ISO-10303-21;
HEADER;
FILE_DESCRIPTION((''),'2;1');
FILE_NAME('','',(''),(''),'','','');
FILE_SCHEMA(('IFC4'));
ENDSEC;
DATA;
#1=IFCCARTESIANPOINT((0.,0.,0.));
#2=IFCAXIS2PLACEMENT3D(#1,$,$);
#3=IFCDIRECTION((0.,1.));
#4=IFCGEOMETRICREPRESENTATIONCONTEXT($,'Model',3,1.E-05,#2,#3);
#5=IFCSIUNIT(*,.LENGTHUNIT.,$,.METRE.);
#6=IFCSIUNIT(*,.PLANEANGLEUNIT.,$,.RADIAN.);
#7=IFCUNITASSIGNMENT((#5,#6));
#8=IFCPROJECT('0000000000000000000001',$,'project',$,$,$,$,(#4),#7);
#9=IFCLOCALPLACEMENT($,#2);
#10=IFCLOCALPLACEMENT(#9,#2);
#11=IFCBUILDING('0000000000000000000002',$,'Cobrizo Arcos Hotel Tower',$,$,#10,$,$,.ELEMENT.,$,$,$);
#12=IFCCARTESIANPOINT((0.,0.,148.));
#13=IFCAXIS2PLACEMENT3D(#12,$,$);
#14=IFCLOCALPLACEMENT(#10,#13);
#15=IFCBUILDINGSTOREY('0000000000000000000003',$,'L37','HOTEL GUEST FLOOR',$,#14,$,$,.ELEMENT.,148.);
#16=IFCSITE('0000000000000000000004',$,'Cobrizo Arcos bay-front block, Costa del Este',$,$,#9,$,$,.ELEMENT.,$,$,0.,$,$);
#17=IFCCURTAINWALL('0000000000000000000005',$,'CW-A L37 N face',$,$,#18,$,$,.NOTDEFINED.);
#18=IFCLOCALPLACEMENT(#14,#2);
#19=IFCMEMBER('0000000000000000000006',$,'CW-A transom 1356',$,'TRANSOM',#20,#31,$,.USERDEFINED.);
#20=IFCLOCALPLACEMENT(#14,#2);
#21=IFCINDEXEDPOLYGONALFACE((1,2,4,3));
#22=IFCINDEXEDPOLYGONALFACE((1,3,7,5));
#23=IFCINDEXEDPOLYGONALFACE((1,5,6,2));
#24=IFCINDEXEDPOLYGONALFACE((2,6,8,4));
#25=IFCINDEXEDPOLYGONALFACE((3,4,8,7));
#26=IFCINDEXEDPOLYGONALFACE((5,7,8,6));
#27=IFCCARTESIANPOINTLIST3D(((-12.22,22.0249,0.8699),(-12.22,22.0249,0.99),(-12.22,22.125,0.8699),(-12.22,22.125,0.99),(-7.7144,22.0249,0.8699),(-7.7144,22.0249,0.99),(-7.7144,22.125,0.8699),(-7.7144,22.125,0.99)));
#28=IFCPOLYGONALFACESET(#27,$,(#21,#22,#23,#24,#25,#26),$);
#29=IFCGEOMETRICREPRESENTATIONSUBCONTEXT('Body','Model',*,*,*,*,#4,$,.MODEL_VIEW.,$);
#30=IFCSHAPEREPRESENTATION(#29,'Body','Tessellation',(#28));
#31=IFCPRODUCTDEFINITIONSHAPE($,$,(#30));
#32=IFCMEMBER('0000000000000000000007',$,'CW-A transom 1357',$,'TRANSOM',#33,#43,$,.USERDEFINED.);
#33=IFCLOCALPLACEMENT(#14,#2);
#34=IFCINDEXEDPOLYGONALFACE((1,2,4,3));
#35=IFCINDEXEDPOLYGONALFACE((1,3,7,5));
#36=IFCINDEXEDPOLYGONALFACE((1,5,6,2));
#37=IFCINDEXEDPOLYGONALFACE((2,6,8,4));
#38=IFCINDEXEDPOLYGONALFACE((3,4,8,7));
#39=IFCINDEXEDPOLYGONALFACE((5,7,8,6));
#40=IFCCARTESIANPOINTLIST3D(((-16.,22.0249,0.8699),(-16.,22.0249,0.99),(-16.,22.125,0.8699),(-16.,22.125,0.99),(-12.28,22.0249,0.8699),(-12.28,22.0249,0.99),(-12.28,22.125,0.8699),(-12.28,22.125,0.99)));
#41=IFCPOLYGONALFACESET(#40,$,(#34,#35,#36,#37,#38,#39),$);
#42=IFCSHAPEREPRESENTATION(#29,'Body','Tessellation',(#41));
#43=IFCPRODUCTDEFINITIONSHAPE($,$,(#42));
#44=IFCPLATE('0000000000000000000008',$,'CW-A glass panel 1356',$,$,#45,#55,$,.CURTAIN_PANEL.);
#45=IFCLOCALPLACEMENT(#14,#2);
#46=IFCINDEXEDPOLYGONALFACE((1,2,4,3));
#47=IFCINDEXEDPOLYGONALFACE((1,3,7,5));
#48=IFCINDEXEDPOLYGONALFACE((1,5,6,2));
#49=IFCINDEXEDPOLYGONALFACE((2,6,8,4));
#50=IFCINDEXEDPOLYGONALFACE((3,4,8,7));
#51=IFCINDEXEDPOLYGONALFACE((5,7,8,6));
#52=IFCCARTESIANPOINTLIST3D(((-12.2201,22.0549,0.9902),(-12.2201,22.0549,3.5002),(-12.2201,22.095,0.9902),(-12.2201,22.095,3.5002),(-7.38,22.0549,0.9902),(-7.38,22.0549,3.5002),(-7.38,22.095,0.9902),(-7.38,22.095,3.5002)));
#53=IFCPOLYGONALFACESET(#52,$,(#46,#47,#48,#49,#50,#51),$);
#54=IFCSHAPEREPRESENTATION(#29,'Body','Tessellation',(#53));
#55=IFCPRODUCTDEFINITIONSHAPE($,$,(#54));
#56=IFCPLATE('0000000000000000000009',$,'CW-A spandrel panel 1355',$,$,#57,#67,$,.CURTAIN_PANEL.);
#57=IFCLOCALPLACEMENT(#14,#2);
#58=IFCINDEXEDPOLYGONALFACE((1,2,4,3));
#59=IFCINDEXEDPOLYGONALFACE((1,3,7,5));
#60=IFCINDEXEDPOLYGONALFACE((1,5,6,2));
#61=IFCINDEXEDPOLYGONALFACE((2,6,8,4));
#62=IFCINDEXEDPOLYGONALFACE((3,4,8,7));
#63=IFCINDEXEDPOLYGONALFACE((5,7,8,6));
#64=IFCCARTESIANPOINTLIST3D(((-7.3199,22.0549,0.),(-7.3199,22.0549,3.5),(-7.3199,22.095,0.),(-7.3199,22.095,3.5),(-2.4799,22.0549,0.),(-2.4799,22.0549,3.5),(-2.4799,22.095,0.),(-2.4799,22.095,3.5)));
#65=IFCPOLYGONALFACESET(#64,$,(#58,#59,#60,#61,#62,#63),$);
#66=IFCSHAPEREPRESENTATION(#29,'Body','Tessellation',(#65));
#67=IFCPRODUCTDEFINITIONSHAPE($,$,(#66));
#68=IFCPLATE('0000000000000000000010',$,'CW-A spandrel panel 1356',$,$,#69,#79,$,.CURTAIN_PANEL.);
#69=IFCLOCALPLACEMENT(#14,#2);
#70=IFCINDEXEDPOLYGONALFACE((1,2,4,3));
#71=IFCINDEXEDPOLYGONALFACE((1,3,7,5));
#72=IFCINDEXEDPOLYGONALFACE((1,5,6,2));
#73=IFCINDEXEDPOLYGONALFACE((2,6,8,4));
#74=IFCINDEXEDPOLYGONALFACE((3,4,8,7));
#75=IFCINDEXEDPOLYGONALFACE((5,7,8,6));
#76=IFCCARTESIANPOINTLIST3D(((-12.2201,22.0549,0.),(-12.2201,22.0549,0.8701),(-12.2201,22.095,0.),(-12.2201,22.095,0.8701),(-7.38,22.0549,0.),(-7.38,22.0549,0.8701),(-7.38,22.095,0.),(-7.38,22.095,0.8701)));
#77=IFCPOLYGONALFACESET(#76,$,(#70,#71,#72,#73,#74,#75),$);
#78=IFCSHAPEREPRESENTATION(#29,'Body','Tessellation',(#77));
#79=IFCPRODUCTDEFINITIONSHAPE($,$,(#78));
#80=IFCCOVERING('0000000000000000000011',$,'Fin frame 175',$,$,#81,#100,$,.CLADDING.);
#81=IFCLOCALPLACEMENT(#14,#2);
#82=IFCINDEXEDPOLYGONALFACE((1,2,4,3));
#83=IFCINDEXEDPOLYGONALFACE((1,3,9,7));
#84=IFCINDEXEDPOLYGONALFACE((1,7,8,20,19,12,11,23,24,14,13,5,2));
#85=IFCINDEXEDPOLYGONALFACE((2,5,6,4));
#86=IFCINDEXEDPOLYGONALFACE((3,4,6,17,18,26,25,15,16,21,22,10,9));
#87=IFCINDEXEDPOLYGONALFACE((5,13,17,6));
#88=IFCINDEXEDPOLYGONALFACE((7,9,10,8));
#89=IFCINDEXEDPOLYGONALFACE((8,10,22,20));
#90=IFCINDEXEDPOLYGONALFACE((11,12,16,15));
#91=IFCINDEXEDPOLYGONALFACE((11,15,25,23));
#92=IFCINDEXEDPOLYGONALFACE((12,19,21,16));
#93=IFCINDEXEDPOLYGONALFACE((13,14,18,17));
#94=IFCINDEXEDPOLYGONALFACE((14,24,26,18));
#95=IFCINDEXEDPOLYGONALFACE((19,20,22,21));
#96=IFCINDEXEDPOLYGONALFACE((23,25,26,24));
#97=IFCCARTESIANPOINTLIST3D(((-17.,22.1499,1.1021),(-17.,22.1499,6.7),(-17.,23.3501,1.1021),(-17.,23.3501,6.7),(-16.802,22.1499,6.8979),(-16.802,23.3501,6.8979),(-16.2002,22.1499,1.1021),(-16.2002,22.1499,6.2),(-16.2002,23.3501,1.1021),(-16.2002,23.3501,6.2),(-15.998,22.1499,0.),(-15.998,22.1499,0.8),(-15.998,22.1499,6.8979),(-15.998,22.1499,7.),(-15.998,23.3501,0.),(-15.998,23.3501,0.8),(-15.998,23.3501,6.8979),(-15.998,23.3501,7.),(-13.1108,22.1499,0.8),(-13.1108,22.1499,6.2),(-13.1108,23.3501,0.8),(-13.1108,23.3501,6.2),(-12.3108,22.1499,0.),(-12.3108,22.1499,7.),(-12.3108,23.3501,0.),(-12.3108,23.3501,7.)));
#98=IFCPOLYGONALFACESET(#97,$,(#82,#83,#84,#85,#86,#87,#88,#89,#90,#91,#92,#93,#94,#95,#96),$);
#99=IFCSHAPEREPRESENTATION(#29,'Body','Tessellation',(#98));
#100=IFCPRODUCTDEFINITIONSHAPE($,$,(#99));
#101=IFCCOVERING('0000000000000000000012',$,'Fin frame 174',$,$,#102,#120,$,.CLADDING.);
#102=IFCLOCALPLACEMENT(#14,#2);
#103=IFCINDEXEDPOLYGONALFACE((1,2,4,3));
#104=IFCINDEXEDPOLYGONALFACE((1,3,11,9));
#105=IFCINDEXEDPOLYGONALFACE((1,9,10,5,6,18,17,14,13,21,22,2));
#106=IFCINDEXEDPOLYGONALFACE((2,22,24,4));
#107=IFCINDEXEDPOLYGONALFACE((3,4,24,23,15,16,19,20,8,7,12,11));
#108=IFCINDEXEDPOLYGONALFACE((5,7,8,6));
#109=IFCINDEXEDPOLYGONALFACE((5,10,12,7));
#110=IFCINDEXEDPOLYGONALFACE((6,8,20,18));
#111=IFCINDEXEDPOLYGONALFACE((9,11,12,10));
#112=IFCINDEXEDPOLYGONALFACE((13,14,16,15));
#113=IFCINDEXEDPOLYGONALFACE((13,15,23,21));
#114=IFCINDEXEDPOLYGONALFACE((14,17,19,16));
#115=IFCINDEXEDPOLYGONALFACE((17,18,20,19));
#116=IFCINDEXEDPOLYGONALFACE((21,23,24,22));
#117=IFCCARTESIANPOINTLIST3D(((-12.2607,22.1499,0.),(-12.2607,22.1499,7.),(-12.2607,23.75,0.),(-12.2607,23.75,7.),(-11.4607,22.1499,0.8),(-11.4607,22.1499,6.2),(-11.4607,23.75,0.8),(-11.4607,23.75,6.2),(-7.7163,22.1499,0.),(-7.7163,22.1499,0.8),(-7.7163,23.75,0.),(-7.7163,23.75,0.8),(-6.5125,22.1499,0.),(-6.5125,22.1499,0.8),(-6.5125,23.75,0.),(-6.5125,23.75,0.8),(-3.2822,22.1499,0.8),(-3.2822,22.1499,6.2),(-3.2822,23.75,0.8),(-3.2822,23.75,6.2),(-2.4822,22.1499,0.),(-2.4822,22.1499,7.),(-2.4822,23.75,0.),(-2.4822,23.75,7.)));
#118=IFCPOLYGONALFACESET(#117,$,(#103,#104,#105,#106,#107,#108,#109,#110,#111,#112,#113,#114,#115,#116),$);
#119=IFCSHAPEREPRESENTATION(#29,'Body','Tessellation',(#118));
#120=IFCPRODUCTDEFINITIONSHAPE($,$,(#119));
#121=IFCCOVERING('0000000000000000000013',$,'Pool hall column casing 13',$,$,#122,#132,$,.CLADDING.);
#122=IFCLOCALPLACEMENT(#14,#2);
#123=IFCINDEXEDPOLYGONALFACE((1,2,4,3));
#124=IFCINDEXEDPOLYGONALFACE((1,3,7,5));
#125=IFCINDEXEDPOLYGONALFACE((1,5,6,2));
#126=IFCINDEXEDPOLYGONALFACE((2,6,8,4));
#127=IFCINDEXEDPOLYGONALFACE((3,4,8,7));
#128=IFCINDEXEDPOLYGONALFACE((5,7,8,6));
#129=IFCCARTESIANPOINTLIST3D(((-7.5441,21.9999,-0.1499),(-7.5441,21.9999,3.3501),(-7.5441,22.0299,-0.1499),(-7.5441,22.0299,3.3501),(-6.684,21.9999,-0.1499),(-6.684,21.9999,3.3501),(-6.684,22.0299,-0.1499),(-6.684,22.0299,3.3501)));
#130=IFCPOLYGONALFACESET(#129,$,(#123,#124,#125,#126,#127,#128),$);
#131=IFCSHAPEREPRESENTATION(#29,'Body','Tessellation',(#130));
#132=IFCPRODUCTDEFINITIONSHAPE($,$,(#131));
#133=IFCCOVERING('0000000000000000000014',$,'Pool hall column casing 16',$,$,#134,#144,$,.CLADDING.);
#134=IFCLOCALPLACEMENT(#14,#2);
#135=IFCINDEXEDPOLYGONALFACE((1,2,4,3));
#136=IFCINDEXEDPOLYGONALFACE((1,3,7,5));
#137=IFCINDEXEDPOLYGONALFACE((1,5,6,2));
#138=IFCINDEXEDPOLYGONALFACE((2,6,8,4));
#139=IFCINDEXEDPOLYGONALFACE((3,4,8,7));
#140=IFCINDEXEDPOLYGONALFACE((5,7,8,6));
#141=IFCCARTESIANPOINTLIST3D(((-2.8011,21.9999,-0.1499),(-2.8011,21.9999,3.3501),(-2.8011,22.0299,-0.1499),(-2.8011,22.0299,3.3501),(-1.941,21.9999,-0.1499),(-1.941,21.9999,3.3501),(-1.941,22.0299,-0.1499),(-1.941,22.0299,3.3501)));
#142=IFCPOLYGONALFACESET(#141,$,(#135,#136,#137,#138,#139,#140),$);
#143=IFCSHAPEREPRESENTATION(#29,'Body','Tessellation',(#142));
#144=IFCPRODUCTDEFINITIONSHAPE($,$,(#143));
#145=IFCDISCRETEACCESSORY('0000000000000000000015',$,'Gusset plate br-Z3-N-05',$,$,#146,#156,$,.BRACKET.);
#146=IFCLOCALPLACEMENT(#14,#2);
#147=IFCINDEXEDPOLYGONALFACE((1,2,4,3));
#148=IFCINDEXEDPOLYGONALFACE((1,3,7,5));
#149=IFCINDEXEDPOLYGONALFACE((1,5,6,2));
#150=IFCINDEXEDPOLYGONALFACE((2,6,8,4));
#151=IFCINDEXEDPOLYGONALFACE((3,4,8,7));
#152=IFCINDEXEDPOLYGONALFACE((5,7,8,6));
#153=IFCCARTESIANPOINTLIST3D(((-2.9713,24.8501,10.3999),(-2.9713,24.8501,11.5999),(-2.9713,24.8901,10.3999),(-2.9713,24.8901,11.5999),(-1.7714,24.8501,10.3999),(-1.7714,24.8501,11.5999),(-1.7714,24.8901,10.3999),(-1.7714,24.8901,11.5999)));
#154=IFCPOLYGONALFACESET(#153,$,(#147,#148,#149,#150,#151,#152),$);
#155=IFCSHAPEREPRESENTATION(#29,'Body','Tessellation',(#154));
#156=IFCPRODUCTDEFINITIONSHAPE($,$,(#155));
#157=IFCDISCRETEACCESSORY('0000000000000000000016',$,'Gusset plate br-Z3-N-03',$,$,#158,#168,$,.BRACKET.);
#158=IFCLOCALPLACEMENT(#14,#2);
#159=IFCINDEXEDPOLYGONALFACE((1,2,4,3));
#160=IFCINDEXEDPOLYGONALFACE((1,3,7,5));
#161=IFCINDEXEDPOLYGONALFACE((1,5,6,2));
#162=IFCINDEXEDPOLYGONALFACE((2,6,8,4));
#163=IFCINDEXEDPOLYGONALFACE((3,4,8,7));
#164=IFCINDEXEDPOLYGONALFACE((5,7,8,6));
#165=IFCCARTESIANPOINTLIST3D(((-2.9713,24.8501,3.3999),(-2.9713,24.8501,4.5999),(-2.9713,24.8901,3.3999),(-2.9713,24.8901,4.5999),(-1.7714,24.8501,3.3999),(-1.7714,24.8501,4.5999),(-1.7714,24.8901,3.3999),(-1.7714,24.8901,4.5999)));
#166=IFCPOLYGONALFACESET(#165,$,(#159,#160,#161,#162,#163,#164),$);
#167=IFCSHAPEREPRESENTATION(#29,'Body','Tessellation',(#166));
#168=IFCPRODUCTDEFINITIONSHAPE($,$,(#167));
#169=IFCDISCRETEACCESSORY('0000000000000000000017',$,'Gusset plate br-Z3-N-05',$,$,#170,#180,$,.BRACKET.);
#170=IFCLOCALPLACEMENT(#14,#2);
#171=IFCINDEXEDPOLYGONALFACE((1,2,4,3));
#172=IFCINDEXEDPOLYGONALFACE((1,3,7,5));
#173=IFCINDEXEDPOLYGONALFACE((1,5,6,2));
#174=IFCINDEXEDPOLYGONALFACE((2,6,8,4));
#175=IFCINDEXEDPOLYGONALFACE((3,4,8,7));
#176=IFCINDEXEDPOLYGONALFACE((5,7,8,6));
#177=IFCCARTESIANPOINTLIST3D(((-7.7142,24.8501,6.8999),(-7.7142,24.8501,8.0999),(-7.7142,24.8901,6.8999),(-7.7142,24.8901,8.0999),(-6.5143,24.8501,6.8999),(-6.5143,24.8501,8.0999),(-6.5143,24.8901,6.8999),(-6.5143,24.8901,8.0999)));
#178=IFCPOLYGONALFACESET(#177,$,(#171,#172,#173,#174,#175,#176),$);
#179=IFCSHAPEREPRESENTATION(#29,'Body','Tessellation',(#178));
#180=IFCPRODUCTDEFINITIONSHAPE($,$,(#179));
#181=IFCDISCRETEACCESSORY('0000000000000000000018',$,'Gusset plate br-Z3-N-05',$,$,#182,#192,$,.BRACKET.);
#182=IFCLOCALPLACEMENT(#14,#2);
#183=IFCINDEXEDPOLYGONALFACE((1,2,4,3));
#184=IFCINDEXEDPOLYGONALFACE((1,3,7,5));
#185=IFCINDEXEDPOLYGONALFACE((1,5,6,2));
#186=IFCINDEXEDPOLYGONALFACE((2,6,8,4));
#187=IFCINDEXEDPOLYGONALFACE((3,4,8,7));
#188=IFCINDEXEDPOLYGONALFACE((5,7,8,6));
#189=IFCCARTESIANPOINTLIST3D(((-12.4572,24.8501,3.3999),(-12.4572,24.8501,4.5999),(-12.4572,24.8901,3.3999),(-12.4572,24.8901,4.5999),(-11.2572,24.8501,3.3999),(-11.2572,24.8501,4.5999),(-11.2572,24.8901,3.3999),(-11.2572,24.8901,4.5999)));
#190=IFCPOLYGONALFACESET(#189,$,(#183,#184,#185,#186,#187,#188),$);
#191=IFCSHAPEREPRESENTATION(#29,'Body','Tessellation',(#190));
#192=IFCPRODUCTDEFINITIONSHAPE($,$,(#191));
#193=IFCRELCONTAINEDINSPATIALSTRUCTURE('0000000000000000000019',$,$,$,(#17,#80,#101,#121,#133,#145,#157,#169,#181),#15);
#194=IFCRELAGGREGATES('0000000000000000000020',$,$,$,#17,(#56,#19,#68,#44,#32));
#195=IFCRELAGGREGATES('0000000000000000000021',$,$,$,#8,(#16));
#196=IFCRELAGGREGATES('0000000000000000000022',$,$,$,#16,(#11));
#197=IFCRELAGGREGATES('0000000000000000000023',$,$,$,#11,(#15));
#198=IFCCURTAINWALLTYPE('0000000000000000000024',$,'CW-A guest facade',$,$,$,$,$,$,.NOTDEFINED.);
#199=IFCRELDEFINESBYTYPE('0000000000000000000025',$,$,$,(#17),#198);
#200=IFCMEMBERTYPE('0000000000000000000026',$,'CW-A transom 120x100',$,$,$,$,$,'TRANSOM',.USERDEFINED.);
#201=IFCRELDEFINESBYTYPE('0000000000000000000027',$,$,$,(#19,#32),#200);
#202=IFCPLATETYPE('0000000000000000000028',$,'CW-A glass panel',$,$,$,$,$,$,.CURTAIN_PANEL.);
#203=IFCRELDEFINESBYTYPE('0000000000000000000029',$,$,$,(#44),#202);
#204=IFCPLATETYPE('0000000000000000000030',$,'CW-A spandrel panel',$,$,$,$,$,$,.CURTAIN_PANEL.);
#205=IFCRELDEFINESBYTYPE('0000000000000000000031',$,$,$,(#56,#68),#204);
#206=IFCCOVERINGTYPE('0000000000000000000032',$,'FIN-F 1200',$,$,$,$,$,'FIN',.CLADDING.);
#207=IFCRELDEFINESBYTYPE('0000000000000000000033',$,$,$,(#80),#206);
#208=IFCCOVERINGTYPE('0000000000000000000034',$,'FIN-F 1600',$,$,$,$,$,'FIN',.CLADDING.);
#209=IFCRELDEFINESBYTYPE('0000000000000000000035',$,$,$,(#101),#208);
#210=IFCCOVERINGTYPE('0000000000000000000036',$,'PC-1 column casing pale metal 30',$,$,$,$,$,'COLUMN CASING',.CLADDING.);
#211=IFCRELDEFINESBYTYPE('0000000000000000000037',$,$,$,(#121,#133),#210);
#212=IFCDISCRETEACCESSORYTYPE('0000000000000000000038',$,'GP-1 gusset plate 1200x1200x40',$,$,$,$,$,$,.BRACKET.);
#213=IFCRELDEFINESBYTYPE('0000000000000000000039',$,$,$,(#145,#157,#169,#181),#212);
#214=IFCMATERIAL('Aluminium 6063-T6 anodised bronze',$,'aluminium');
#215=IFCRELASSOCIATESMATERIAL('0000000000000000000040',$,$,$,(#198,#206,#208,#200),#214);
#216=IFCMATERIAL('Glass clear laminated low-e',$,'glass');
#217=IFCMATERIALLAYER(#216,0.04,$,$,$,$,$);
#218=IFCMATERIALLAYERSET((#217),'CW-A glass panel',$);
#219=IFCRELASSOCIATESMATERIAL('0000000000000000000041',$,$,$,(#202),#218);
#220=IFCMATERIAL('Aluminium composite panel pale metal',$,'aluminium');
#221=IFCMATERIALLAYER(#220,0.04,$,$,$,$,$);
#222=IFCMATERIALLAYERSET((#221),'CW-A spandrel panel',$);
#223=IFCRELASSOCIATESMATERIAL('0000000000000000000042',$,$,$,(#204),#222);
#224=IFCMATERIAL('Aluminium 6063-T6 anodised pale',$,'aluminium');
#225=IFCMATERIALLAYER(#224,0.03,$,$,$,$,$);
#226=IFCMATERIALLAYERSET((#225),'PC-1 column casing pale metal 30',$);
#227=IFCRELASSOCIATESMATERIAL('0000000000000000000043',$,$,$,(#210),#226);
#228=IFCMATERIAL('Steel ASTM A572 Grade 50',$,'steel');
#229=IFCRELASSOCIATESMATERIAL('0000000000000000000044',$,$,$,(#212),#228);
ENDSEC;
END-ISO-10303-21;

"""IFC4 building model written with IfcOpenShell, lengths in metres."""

from ifc_helpers import new_model, si_unit, direction, frame, origin, origin_2d, place, context, subcontext, project, spatial, polyline, rectangle, outline, extrude, material, layer, layer_set, material_profile, profile_set, type_object, element, aggregate, save


model = new_model("IFC4")

# Units and contexts
model_context = context("Model", 3, precision=1e-05, world=origin(), true_north=direction((0.0, 1.0)))
body_context = subcontext(model_context, "Body", "Model", "MODEL_VIEW")
ifc_project = project(units=[si_unit("LENGTHUNIT", "METRE"), si_unit("PLANEANGLEUNIT", "RADIAN")], contexts=[model_context])

# Site, building, storey
site_placement = place(None, origin())
site = spatial("IfcSite", under=ifc_project, at=site_placement, Name="Cobrizo Arcos bay-front block, Costa del Este", CompositionType="ELEMENT", RefElevation=0.0)
building_placement = place(site_placement, origin())
building = spatial("IfcBuilding", under=site, at=building_placement, Name="Cobrizo Arcos Hotel Tower", CompositionType="ELEMENT")
storey_placement = place(building_placement, frame((0.0, 0.0, 148.0)))
storey = spatial("IfcBuildingStorey", under=building, at=storey_placement, Name="L37", Description="HOTEL GUEST FLOOR", CompositionType="ELEMENT", Elevation=148.0)

# Shared definitions
ifc_material_1 = material(Name="Steel ASTM A572 Grade 50", Category="steel")

# Curtain wall, members, plates
ifc_material_2 = material(Name="Aluminium 6063-T6 anodised bronze", Category="aluminium")
curtain_wall_type = type_object("IfcCurtainWallType", Name="CW-A guest facade", PredefinedType="NOTDEFINED", material=ifc_material_2)
curtain_wall_placement = place(storey_placement, origin())
curtain_wall = element("IfcCurtainWall", 1, at=curtain_wall_placement, inside=storey, type_object=curtain_wall_type, Name="CW-A L37 N face", PredefinedType="NOTDEFINED")
ifc_material_profile_1 = material_profile(ifc_material_2, rectangle(XDim=0.1001, YDim=0.1201, at=origin_2d()), Name="CW-A transom 120x100")
ifc_profile_set_1 = profile_set([ifc_material_profile_1], Name="Aluminium 6063-T6 anodised bronze")
member_type_1 = type_object("IfcMemberType", Name="CW-A transom 120x100", ElementType="TRANSOM", PredefinedType="USERDEFINED", material=ifc_profile_set_1)
member_1_placement = place(storey_placement, frame((-7.7144, 22.075, 0.9299), z_axis=(-1.0, 0.0, 0.0), x_axis=(0.0, -1.0, 0.0)))
member_1 = element("IfcMember", 2, at=member_1_placement, type_object=member_type_1, Name="CW-A transom 1356", ObjectType="TRANSOM", PredefinedType="USERDEFINED", context=body_context, shape_type="SweptSolid", body=[
    extrude(rectangle(XDim=0.1001, YDim=0.1201, at=origin_2d()), origin(), (0.0, 0.0, 1.0), 4.5056),
])
member_2_placement = place(storey_placement, frame((-12.28, 22.075, 0.9299), z_axis=(-1.0, 0.0, 0.0), x_axis=(0.0, -1.0, 0.0)))
member_2 = element("IfcMember", 3, at=member_2_placement, type_object=member_type_1, Name="CW-A transom 1357", ObjectType="TRANSOM", PredefinedType="USERDEFINED", context=body_context, shape_type="SweptSolid", body=[
    extrude(rectangle(XDim=0.1001, YDim=0.1201, at=origin_2d()), origin(), (0.0, 0.0, 1.0), 3.72),
])
ifc_material_3 = material(Name="Glass clear laminated low-e", Category="glass")
ifc_layer_1 = layer(ifc_material_3, 0.04)
ifc_layer_set_1 = layer_set([ifc_layer_1], Name="CW-A glass panel")
plate_type_1 = type_object("IfcPlateType", Name="CW-A glass panel", PredefinedType="CURTAIN_PANEL", material=ifc_layer_set_1)
plate_1_placement = place(storey_placement, frame((-9.8, 22.075, 0.9902), z_axis=(0.0, 0.0, 1.0), x_axis=(-1.0, 0.0, 0.0)))
plate_1 = element("IfcPlate", 4, at=plate_1_placement, type_object=plate_type_1, Name="CW-A glass panel 1356", PredefinedType="CURTAIN_PANEL", context=body_context, shape_type="SweptSolid", body=[
    extrude(rectangle(XDim=4.8401, YDim=0.04, at=origin_2d()), origin(), (0.0, 0.0, 1.0), 2.51),
])
ifc_material_4 = material(Name="Aluminium composite panel pale metal", Category="aluminium")
ifc_layer_2 = layer(ifc_material_4, 0.04)
ifc_layer_set_2 = layer_set([ifc_layer_2], Name="CW-A spandrel panel")
plate_type_2 = type_object("IfcPlateType", Name="CW-A spandrel panel", PredefinedType="CURTAIN_PANEL", material=ifc_layer_set_2)
plate_2_placement = place(storey_placement, frame((-4.8999, 22.075, 0.0), z_axis=(0.0, 0.0, 1.0), x_axis=(-1.0, 0.0, 0.0)))
plate_2 = element("IfcPlate", 5, at=plate_2_placement, type_object=plate_type_2, Name="CW-A spandrel panel 1355", PredefinedType="CURTAIN_PANEL", context=body_context, shape_type="SweptSolid", body=[
    extrude(rectangle(XDim=4.8401, YDim=0.04, at=origin_2d()), origin(), (0.0, 0.0, 1.0), 3.5),
])
plate_3_placement = place(storey_placement, frame((-9.8, 22.075, 0.0), z_axis=(0.0, 0.0, 1.0), x_axis=(-1.0, 0.0, 0.0)))
plate_3 = element("IfcPlate", 6, at=plate_3_placement, type_object=plate_type_2, Name="CW-A spandrel panel 1356", PredefinedType="CURTAIN_PANEL", context=body_context, shape_type="SweptSolid", body=[
    extrude(rectangle(XDim=4.8401, YDim=0.04, at=origin_2d()), origin(), (0.0, 0.0, 1.0), 0.8701),
])
aggregate(curtain_wall, [plate_2, member_1, plate_3, plate_1, member_2])

# Coverings
covering_type_1 = type_object("IfcCoveringType", Name="FIN-F 1200", ElementType="FIN", PredefinedType="CLADDING", material=ifc_material_2)
covering_1_placement = place(storey_placement, frame((-12.3108, 22.1499, 0.0), z_axis=(0.0, 1.0, 0.0), x_axis=(-1.0, 0.0, 0.0)))
element("IfcCovering", 7, at=covering_1_placement, inside=storey, type_object=covering_type_1, Name="Fin frame 175", PredefinedType="CLADDING", context=body_context, shape_type="SweptSolid", body=[
    extrude(outline(polyline([(0.0, 0.0), (3.6873, 0.0), (3.6873, 0.8), (0.8, 0.8), (0.8, 6.2), (3.8894, 6.2), (3.8894, 1.1021), (4.6892, 1.1021), (4.6892, 6.7), (4.4912, 6.8979), (3.6873, 6.8979), (3.6873, 7.0), (0.0, 7.0), (0.0, 0.0)])), origin(), (0.0, 0.0, 1.0), 1.2002),
])
covering_type_2 = type_object("IfcCoveringType", Name="FIN-F 1600", ElementType="FIN", PredefinedType="CLADDING", material=ifc_material_2)
covering_2_placement = place(storey_placement, frame((-2.4822, 22.1499, 0.0), z_axis=(0.0, 1.0, 0.0), x_axis=(-1.0, 0.0, 0.0)))
element("IfcCovering", 8, at=covering_2_placement, inside=storey, type_object=covering_type_2, Name="Fin frame 174", PredefinedType="CLADDING", context=body_context, shape_type="SweptSolid", body=[
    extrude(outline(polyline([(0.0, 0.0), (4.0303, 0.0), (4.0303, 0.8), (0.8, 0.8), (0.8, 6.2), (8.9785, 6.2), (8.9785, 0.8), (5.2341, 0.8), (5.2341, 0.0), (9.7786, 0.0), (9.7786, 7.0), (0.0, 7.0), (0.0, 0.0)])), origin(), (0.0, 0.0, 1.0), 1.6001),
])
ifc_material_5 = material(Name="Aluminium 6063-T6 anodised pale", Category="aluminium")
ifc_layer_3 = layer(ifc_material_5, 0.03)
ifc_layer_set_3 = layer_set([ifc_layer_3], Name="PC-1 column casing pale metal 30")
covering_type_3 = type_object("IfcCoveringType", Name="PC-1 column casing pale metal 30", ElementType="COLUMN CASING", PredefinedType="CLADDING", material=ifc_layer_set_3)
for number, where, z_axis, x_axis, name in (
    (9, (-7.114, 22.0149, -0.1499), (0.0, 0.0, 1.0), (1.0, 0.0, 0.0), "Pool hall column casing 13"),
    (10, (-2.3711, 22.0149, -0.1499), (0.0, 0.0, 1.0), (1.0, 0.0, 0.0), "Pool hall column casing 16"),
):
    element("IfcCovering", number, at=place(storey_placement, frame(where, z_axis=z_axis, x_axis=x_axis)), inside=storey, type_object=covering_type_3, Name=name, PredefinedType="CLADDING", context=body_context, shape_type="SweptSolid", body=[
        extrude(rectangle(XDim=0.8601, YDim=0.03, at=origin_2d()), origin(), (0.0, 0.0, 1.0), 3.5),
    ])

# Discrete accessories
discrete_accessory_type_1 = type_object("IfcDiscreteAccessoryType", Name="GP-1 gusset plate 1200x1200x40", PredefinedType="BRACKET", material=ifc_material_1)
for number, where, z_axis, x_axis, name in (
    (11, (-2.3713, 24.8701, 10.3999), (0.0, 0.0, 1.0), (1.0, 0.0, 0.0), "Gusset plate br-Z3-N-05"),
    (12, (-2.3713, 24.8701, 3.3999), (0.0, 0.0, 1.0), (1.0, 0.0, 0.0), "Gusset plate br-Z3-N-03"),
    (13, (-7.1143, 24.8701, 6.8999), (0.0, 0.0, 1.0), (1.0, 0.0, 0.0), "Gusset plate br-Z3-N-05"),
    (14, (-11.8572, 24.8701, 3.3999), (0.0, 0.0, 1.0), (1.0, 0.0, 0.0), "Gusset plate br-Z3-N-05"),
):
    element("IfcDiscreteAccessory", number, at=place(storey_placement, frame(where, z_axis=z_axis, x_axis=x_axis)), inside=storey, type_object=discrete_accessory_type_1, Name=name, PredefinedType="BRACKET", context=body_context, shape_type="SweptSolid", body=[
        extrude(rectangle(XDim=1.2, YDim=0.04, at=origin_2d()), origin(), (0.0, 0.0, 1.0), 1.2),
    ])

save(model, "model.ifc")
